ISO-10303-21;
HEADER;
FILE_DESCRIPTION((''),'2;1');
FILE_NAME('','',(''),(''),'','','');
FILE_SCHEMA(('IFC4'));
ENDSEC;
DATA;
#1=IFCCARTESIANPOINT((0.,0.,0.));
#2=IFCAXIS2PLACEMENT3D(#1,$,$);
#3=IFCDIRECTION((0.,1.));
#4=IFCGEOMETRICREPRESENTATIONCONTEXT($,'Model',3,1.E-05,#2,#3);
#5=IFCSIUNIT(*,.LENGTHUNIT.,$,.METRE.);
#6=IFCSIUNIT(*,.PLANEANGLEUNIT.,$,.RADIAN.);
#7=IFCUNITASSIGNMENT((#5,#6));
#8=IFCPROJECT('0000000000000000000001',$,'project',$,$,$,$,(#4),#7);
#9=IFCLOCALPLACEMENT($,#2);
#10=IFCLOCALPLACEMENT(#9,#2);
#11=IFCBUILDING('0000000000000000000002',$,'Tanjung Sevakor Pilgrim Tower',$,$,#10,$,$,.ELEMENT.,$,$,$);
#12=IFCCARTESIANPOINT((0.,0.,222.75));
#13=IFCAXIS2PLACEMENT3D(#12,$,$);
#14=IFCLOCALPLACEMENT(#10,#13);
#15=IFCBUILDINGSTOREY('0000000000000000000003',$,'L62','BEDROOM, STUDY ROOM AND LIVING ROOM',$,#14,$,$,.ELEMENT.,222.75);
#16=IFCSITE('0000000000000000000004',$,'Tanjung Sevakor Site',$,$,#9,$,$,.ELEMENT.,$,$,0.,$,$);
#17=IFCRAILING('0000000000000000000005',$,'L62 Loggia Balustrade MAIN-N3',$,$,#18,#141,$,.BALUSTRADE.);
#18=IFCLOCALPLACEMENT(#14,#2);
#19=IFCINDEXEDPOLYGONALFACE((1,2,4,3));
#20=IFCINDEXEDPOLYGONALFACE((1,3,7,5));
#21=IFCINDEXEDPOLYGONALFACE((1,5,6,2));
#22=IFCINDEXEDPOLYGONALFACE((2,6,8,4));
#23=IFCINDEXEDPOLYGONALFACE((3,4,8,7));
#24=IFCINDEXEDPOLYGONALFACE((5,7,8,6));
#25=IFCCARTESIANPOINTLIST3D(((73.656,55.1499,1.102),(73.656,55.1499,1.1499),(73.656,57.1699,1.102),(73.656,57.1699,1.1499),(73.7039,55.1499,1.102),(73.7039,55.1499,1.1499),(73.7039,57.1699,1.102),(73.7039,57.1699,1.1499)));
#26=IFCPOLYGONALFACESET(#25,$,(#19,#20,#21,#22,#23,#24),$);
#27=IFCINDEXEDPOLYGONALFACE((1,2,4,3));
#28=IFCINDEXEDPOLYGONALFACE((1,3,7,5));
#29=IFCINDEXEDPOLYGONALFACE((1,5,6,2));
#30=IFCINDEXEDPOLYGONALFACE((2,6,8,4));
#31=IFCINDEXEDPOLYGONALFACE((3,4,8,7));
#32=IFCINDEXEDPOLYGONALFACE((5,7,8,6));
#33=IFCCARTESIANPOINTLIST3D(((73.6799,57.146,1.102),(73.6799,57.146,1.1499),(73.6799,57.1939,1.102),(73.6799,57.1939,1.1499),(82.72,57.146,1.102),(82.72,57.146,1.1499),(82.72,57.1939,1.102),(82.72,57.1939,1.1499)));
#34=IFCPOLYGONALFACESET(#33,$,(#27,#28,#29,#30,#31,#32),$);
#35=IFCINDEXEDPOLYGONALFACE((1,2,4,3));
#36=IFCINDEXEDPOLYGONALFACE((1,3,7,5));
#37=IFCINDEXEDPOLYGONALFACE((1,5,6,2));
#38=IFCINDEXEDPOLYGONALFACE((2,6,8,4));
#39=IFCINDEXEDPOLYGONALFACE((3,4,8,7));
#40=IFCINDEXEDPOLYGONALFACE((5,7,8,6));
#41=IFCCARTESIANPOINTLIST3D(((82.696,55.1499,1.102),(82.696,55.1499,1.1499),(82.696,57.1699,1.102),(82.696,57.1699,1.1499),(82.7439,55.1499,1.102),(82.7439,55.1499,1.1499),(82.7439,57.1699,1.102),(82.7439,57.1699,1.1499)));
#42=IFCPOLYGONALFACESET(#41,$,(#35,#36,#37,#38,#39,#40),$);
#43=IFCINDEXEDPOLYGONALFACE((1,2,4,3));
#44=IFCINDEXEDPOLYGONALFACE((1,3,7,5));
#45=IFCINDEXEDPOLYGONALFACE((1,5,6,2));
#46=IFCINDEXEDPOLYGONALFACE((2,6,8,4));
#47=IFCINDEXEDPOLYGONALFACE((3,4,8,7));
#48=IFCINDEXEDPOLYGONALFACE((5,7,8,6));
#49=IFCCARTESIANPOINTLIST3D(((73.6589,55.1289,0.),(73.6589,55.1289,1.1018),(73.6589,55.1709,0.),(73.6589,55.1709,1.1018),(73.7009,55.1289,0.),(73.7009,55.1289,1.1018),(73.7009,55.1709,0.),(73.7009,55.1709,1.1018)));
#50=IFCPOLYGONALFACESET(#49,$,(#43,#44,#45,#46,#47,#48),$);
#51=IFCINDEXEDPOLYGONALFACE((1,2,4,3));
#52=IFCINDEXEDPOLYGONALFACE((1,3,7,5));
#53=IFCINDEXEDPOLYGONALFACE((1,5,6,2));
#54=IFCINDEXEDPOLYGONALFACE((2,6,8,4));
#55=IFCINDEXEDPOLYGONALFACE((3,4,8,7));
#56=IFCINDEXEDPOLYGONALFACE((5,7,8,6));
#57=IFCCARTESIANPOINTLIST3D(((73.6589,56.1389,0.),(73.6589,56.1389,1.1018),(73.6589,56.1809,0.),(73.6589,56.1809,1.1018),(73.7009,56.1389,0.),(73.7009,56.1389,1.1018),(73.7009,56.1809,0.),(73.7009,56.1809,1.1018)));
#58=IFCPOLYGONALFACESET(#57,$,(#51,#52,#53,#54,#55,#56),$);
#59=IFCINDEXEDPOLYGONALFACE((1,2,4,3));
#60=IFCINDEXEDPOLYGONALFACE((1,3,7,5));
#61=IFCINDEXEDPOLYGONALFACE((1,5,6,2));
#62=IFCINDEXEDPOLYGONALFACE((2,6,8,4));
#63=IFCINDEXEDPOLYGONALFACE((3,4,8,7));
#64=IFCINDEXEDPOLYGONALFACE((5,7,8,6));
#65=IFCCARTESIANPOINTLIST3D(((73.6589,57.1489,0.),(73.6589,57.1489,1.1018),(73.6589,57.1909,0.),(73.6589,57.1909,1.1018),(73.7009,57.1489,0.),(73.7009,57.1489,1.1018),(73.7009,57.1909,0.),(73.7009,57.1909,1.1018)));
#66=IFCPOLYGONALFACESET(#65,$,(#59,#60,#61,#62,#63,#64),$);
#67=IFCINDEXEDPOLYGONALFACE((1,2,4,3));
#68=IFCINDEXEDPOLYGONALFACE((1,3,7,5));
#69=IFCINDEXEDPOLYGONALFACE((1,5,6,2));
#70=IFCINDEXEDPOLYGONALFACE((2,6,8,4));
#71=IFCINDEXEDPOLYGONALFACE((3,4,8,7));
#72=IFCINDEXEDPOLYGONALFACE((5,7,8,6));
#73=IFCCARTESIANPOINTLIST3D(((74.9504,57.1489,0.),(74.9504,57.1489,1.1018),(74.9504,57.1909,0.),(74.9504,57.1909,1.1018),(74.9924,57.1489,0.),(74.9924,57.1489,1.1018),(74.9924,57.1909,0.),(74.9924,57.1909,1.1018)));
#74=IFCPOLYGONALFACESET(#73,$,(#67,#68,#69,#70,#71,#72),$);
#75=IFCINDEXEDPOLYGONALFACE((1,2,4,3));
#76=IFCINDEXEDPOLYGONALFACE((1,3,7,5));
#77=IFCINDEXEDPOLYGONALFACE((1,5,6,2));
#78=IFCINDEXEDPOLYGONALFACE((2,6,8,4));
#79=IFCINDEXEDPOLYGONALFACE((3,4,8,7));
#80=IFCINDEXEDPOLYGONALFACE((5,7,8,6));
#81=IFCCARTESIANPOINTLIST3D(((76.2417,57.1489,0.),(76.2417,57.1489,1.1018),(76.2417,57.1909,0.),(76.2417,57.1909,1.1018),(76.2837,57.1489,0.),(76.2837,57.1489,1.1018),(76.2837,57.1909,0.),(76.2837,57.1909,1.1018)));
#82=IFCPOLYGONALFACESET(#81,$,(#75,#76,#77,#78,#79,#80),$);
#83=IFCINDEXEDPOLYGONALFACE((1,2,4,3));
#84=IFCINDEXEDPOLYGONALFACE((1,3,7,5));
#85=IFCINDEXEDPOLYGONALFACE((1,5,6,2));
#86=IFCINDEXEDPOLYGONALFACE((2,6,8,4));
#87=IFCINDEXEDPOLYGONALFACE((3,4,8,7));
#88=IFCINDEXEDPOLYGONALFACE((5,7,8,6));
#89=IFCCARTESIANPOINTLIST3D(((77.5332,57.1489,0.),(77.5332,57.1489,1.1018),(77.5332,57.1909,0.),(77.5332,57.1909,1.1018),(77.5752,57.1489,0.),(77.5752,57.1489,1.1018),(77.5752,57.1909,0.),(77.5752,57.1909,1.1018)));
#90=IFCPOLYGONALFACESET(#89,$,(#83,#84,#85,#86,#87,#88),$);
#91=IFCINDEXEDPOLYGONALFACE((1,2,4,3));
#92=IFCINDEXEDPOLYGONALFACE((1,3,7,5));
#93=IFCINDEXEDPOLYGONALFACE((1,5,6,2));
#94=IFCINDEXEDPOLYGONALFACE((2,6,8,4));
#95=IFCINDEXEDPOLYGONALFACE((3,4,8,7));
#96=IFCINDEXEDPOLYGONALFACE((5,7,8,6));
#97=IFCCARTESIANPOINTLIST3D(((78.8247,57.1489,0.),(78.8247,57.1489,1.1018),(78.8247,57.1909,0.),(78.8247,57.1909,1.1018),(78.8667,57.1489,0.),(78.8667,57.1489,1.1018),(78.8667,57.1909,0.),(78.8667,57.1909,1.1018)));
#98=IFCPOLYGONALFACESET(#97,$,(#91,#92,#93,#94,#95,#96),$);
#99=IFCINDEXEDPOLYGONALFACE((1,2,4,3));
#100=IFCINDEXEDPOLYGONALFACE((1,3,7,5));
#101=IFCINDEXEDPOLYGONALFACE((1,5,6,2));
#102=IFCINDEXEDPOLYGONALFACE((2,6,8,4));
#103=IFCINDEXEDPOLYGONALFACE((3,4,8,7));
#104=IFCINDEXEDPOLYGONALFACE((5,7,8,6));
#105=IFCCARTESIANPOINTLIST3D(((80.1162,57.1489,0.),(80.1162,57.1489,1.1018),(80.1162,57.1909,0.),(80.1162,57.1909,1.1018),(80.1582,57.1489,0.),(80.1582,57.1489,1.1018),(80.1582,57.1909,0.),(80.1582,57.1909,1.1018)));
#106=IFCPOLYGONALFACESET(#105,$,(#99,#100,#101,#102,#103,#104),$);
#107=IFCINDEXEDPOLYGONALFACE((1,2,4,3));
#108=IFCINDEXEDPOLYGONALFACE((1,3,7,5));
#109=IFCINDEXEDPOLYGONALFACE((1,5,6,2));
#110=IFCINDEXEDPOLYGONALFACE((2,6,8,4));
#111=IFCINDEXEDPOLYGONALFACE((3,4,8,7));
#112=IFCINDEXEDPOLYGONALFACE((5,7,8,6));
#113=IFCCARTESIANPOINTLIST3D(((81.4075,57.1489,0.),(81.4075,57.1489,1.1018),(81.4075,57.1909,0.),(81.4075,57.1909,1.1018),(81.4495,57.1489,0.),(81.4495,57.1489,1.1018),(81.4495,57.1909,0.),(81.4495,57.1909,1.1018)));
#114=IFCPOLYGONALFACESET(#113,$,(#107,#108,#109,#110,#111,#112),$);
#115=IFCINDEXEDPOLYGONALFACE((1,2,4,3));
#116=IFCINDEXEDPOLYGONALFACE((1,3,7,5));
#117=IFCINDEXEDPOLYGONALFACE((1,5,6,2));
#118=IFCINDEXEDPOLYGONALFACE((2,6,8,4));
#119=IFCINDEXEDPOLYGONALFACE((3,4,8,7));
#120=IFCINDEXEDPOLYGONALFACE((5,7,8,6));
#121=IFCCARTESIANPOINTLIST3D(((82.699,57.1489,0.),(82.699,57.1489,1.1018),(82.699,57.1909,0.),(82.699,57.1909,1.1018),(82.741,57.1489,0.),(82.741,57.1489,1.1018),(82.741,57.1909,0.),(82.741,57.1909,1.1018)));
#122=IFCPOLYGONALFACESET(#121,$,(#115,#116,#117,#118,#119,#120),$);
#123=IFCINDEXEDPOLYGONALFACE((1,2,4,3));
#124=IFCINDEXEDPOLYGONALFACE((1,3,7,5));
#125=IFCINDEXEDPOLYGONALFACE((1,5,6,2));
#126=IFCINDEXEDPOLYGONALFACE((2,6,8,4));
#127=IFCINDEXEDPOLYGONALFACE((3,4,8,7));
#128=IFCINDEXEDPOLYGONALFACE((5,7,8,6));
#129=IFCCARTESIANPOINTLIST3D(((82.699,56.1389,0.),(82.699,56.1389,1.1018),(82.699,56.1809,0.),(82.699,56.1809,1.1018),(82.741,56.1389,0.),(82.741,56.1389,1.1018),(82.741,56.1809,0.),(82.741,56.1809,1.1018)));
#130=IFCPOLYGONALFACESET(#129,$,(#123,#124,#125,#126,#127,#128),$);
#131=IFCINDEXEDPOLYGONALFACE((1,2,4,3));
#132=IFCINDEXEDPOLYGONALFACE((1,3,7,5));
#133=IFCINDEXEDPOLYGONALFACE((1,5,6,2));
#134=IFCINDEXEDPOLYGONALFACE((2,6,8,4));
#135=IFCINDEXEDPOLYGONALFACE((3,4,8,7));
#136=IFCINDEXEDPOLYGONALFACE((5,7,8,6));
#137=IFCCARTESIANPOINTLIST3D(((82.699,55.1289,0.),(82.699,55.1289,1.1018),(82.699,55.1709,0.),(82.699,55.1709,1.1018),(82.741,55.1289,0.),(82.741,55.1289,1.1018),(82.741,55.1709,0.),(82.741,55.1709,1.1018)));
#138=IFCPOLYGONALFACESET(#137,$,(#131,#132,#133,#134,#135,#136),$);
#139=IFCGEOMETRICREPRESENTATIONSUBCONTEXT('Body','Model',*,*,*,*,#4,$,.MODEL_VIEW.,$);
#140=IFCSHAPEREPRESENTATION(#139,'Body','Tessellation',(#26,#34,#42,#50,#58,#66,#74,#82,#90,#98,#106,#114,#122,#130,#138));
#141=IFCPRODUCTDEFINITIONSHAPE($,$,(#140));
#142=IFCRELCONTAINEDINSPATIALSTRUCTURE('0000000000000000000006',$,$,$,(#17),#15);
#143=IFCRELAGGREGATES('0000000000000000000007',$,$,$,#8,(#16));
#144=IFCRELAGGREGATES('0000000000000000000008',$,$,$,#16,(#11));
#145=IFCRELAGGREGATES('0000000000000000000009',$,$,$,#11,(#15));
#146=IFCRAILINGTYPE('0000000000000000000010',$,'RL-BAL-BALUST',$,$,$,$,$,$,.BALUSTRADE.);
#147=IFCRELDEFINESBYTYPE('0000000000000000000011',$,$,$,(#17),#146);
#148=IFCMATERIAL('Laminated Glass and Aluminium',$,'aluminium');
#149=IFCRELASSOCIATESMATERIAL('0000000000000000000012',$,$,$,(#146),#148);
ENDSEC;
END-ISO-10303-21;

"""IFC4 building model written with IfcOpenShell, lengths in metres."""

from ifc_helpers import new_model, si_unit, direction, frame, origin, place, context, subcontext, project, spatial, rectangle, extrude, material, type_object, element, save


model = new_model("IFC4")

# Units and contexts
model_context = context("Model", 3, precision=1e-05, world=origin(), true_north=direction((0.0, 1.0)))
body_context = subcontext(model_context, "Body", "Model", "MODEL_VIEW")
ifc_project = project(units=[si_unit("LENGTHUNIT", "METRE"), si_unit("PLANEANGLEUNIT", "RADIAN")], contexts=[model_context])

# Site, building, storey
site_placement = place(None, origin())
site = spatial("IfcSite", under=ifc_project, at=site_placement, Name="Tanjung Sevakor Site", CompositionType="ELEMENT", RefElevation=0.0)
building_placement = place(site_placement, origin())
building = spatial("IfcBuilding", under=site, at=building_placement, Name="Tanjung Sevakor Pilgrim Tower", CompositionType="ELEMENT")
storey_placement = place(building_placement, frame((0.0, 0.0, 222.75)))
storey = spatial("IfcBuildingStorey", under=building, at=storey_placement, Name="L62", Description="BEDROOM, STUDY ROOM AND LIVING ROOM", CompositionType="ELEMENT", Elevation=222.75)

# Railing
ifc_material_1 = material(Name="Laminated Glass and Aluminium", Category="aluminium")
railing_type = type_object("IfcRailingType", Name="RL-BAL-BALUST", PredefinedType="BALUSTRADE", material=ifc_material_1)
railing_1_placement = place(storey_placement, frame((73.6799, 55.1499, 0.0)))
element("IfcRailing", 1, at=railing_1_placement, inside=storey, type_object=railing_type, Name="L62 Loggia Balustrade MAIN-N3", PredefinedType="BALUSTRADE", context=body_context, shape_type="SweptSolid", body=[
    extrude(rectangle(XDim=0.0479, YDim=0.0479), frame((0.0, 0.0, 1.126), z_axis=(0.0, 1.0, 0.0), x_axis=(-1.0, 0.0, 0.0)), (0.0, 0.0, 1.0), 2.02),
    extrude(rectangle(XDim=0.0479, YDim=0.0479), frame((0.0, 2.02, 1.126), z_axis=(1.0, 0.0, 0.0), x_axis=(0.0, 1.0, 0.0)), (0.0, 0.0, 1.0), 9.04),
    extrude(rectangle(XDim=0.0479, YDim=0.0479), frame((9.04, 2.02, 1.126), z_axis=(0.0, -1.0, 0.0), x_axis=(1.0, 0.0, 0.0)), (0.0, 0.0, 1.0), 2.02),
    extrude(rectangle(XDim=0.042, YDim=0.042), origin(), (0.0, 0.0, 1.0), 1.1018),
    extrude(rectangle(XDim=0.042, YDim=0.042), frame((0.0, 1.01, 0.0)), (0.0, 0.0, 1.0), 1.1018),
    extrude(rectangle(XDim=0.042, YDim=0.042), frame((0.0, 2.02, 0.0)), (0.0, 0.0, 1.0), 1.1018),
    extrude(rectangle(XDim=0.042, YDim=0.042), frame((1.2915, 2.02, 0.0)), (0.0, 0.0, 1.0), 1.1018),
    extrude(rectangle(XDim=0.042, YDim=0.042), frame((2.5828, 2.02, 0.0)), (0.0, 0.0, 1.0), 1.1018),
    extrude(rectangle(XDim=0.042, YDim=0.042), frame((3.8743, 2.02, 0.0)), (0.0, 0.0, 1.0), 1.1018),
    extrude(rectangle(XDim=0.042, YDim=0.042), frame((5.1658, 2.02, 0.0)), (0.0, 0.0, 1.0), 1.1018),
    extrude(rectangle(XDim=0.042, YDim=0.042), frame((6.4573, 2.02, 0.0)), (0.0, 0.0, 1.0), 1.1018),
    extrude(rectangle(XDim=0.042, YDim=0.042), frame((7.7485, 2.02, 0.0)), (0.0, 0.0, 1.0), 1.1018),
    extrude(rectangle(XDim=0.042, YDim=0.042), frame((9.04, 2.02, 0.0)), (0.0, 0.0, 1.0), 1.1018),
    extrude(rectangle(XDim=0.042, YDim=0.042), frame((9.04, 1.01, 0.0)), (0.0, 0.0, 1.0), 1.1018),
    extrude(rectangle(XDim=0.042, YDim=0.042), frame((9.04, 0.0, 0.0)), (0.0, 0.0, 1.0), 1.1018),
])

save(model, "model.ifc")
